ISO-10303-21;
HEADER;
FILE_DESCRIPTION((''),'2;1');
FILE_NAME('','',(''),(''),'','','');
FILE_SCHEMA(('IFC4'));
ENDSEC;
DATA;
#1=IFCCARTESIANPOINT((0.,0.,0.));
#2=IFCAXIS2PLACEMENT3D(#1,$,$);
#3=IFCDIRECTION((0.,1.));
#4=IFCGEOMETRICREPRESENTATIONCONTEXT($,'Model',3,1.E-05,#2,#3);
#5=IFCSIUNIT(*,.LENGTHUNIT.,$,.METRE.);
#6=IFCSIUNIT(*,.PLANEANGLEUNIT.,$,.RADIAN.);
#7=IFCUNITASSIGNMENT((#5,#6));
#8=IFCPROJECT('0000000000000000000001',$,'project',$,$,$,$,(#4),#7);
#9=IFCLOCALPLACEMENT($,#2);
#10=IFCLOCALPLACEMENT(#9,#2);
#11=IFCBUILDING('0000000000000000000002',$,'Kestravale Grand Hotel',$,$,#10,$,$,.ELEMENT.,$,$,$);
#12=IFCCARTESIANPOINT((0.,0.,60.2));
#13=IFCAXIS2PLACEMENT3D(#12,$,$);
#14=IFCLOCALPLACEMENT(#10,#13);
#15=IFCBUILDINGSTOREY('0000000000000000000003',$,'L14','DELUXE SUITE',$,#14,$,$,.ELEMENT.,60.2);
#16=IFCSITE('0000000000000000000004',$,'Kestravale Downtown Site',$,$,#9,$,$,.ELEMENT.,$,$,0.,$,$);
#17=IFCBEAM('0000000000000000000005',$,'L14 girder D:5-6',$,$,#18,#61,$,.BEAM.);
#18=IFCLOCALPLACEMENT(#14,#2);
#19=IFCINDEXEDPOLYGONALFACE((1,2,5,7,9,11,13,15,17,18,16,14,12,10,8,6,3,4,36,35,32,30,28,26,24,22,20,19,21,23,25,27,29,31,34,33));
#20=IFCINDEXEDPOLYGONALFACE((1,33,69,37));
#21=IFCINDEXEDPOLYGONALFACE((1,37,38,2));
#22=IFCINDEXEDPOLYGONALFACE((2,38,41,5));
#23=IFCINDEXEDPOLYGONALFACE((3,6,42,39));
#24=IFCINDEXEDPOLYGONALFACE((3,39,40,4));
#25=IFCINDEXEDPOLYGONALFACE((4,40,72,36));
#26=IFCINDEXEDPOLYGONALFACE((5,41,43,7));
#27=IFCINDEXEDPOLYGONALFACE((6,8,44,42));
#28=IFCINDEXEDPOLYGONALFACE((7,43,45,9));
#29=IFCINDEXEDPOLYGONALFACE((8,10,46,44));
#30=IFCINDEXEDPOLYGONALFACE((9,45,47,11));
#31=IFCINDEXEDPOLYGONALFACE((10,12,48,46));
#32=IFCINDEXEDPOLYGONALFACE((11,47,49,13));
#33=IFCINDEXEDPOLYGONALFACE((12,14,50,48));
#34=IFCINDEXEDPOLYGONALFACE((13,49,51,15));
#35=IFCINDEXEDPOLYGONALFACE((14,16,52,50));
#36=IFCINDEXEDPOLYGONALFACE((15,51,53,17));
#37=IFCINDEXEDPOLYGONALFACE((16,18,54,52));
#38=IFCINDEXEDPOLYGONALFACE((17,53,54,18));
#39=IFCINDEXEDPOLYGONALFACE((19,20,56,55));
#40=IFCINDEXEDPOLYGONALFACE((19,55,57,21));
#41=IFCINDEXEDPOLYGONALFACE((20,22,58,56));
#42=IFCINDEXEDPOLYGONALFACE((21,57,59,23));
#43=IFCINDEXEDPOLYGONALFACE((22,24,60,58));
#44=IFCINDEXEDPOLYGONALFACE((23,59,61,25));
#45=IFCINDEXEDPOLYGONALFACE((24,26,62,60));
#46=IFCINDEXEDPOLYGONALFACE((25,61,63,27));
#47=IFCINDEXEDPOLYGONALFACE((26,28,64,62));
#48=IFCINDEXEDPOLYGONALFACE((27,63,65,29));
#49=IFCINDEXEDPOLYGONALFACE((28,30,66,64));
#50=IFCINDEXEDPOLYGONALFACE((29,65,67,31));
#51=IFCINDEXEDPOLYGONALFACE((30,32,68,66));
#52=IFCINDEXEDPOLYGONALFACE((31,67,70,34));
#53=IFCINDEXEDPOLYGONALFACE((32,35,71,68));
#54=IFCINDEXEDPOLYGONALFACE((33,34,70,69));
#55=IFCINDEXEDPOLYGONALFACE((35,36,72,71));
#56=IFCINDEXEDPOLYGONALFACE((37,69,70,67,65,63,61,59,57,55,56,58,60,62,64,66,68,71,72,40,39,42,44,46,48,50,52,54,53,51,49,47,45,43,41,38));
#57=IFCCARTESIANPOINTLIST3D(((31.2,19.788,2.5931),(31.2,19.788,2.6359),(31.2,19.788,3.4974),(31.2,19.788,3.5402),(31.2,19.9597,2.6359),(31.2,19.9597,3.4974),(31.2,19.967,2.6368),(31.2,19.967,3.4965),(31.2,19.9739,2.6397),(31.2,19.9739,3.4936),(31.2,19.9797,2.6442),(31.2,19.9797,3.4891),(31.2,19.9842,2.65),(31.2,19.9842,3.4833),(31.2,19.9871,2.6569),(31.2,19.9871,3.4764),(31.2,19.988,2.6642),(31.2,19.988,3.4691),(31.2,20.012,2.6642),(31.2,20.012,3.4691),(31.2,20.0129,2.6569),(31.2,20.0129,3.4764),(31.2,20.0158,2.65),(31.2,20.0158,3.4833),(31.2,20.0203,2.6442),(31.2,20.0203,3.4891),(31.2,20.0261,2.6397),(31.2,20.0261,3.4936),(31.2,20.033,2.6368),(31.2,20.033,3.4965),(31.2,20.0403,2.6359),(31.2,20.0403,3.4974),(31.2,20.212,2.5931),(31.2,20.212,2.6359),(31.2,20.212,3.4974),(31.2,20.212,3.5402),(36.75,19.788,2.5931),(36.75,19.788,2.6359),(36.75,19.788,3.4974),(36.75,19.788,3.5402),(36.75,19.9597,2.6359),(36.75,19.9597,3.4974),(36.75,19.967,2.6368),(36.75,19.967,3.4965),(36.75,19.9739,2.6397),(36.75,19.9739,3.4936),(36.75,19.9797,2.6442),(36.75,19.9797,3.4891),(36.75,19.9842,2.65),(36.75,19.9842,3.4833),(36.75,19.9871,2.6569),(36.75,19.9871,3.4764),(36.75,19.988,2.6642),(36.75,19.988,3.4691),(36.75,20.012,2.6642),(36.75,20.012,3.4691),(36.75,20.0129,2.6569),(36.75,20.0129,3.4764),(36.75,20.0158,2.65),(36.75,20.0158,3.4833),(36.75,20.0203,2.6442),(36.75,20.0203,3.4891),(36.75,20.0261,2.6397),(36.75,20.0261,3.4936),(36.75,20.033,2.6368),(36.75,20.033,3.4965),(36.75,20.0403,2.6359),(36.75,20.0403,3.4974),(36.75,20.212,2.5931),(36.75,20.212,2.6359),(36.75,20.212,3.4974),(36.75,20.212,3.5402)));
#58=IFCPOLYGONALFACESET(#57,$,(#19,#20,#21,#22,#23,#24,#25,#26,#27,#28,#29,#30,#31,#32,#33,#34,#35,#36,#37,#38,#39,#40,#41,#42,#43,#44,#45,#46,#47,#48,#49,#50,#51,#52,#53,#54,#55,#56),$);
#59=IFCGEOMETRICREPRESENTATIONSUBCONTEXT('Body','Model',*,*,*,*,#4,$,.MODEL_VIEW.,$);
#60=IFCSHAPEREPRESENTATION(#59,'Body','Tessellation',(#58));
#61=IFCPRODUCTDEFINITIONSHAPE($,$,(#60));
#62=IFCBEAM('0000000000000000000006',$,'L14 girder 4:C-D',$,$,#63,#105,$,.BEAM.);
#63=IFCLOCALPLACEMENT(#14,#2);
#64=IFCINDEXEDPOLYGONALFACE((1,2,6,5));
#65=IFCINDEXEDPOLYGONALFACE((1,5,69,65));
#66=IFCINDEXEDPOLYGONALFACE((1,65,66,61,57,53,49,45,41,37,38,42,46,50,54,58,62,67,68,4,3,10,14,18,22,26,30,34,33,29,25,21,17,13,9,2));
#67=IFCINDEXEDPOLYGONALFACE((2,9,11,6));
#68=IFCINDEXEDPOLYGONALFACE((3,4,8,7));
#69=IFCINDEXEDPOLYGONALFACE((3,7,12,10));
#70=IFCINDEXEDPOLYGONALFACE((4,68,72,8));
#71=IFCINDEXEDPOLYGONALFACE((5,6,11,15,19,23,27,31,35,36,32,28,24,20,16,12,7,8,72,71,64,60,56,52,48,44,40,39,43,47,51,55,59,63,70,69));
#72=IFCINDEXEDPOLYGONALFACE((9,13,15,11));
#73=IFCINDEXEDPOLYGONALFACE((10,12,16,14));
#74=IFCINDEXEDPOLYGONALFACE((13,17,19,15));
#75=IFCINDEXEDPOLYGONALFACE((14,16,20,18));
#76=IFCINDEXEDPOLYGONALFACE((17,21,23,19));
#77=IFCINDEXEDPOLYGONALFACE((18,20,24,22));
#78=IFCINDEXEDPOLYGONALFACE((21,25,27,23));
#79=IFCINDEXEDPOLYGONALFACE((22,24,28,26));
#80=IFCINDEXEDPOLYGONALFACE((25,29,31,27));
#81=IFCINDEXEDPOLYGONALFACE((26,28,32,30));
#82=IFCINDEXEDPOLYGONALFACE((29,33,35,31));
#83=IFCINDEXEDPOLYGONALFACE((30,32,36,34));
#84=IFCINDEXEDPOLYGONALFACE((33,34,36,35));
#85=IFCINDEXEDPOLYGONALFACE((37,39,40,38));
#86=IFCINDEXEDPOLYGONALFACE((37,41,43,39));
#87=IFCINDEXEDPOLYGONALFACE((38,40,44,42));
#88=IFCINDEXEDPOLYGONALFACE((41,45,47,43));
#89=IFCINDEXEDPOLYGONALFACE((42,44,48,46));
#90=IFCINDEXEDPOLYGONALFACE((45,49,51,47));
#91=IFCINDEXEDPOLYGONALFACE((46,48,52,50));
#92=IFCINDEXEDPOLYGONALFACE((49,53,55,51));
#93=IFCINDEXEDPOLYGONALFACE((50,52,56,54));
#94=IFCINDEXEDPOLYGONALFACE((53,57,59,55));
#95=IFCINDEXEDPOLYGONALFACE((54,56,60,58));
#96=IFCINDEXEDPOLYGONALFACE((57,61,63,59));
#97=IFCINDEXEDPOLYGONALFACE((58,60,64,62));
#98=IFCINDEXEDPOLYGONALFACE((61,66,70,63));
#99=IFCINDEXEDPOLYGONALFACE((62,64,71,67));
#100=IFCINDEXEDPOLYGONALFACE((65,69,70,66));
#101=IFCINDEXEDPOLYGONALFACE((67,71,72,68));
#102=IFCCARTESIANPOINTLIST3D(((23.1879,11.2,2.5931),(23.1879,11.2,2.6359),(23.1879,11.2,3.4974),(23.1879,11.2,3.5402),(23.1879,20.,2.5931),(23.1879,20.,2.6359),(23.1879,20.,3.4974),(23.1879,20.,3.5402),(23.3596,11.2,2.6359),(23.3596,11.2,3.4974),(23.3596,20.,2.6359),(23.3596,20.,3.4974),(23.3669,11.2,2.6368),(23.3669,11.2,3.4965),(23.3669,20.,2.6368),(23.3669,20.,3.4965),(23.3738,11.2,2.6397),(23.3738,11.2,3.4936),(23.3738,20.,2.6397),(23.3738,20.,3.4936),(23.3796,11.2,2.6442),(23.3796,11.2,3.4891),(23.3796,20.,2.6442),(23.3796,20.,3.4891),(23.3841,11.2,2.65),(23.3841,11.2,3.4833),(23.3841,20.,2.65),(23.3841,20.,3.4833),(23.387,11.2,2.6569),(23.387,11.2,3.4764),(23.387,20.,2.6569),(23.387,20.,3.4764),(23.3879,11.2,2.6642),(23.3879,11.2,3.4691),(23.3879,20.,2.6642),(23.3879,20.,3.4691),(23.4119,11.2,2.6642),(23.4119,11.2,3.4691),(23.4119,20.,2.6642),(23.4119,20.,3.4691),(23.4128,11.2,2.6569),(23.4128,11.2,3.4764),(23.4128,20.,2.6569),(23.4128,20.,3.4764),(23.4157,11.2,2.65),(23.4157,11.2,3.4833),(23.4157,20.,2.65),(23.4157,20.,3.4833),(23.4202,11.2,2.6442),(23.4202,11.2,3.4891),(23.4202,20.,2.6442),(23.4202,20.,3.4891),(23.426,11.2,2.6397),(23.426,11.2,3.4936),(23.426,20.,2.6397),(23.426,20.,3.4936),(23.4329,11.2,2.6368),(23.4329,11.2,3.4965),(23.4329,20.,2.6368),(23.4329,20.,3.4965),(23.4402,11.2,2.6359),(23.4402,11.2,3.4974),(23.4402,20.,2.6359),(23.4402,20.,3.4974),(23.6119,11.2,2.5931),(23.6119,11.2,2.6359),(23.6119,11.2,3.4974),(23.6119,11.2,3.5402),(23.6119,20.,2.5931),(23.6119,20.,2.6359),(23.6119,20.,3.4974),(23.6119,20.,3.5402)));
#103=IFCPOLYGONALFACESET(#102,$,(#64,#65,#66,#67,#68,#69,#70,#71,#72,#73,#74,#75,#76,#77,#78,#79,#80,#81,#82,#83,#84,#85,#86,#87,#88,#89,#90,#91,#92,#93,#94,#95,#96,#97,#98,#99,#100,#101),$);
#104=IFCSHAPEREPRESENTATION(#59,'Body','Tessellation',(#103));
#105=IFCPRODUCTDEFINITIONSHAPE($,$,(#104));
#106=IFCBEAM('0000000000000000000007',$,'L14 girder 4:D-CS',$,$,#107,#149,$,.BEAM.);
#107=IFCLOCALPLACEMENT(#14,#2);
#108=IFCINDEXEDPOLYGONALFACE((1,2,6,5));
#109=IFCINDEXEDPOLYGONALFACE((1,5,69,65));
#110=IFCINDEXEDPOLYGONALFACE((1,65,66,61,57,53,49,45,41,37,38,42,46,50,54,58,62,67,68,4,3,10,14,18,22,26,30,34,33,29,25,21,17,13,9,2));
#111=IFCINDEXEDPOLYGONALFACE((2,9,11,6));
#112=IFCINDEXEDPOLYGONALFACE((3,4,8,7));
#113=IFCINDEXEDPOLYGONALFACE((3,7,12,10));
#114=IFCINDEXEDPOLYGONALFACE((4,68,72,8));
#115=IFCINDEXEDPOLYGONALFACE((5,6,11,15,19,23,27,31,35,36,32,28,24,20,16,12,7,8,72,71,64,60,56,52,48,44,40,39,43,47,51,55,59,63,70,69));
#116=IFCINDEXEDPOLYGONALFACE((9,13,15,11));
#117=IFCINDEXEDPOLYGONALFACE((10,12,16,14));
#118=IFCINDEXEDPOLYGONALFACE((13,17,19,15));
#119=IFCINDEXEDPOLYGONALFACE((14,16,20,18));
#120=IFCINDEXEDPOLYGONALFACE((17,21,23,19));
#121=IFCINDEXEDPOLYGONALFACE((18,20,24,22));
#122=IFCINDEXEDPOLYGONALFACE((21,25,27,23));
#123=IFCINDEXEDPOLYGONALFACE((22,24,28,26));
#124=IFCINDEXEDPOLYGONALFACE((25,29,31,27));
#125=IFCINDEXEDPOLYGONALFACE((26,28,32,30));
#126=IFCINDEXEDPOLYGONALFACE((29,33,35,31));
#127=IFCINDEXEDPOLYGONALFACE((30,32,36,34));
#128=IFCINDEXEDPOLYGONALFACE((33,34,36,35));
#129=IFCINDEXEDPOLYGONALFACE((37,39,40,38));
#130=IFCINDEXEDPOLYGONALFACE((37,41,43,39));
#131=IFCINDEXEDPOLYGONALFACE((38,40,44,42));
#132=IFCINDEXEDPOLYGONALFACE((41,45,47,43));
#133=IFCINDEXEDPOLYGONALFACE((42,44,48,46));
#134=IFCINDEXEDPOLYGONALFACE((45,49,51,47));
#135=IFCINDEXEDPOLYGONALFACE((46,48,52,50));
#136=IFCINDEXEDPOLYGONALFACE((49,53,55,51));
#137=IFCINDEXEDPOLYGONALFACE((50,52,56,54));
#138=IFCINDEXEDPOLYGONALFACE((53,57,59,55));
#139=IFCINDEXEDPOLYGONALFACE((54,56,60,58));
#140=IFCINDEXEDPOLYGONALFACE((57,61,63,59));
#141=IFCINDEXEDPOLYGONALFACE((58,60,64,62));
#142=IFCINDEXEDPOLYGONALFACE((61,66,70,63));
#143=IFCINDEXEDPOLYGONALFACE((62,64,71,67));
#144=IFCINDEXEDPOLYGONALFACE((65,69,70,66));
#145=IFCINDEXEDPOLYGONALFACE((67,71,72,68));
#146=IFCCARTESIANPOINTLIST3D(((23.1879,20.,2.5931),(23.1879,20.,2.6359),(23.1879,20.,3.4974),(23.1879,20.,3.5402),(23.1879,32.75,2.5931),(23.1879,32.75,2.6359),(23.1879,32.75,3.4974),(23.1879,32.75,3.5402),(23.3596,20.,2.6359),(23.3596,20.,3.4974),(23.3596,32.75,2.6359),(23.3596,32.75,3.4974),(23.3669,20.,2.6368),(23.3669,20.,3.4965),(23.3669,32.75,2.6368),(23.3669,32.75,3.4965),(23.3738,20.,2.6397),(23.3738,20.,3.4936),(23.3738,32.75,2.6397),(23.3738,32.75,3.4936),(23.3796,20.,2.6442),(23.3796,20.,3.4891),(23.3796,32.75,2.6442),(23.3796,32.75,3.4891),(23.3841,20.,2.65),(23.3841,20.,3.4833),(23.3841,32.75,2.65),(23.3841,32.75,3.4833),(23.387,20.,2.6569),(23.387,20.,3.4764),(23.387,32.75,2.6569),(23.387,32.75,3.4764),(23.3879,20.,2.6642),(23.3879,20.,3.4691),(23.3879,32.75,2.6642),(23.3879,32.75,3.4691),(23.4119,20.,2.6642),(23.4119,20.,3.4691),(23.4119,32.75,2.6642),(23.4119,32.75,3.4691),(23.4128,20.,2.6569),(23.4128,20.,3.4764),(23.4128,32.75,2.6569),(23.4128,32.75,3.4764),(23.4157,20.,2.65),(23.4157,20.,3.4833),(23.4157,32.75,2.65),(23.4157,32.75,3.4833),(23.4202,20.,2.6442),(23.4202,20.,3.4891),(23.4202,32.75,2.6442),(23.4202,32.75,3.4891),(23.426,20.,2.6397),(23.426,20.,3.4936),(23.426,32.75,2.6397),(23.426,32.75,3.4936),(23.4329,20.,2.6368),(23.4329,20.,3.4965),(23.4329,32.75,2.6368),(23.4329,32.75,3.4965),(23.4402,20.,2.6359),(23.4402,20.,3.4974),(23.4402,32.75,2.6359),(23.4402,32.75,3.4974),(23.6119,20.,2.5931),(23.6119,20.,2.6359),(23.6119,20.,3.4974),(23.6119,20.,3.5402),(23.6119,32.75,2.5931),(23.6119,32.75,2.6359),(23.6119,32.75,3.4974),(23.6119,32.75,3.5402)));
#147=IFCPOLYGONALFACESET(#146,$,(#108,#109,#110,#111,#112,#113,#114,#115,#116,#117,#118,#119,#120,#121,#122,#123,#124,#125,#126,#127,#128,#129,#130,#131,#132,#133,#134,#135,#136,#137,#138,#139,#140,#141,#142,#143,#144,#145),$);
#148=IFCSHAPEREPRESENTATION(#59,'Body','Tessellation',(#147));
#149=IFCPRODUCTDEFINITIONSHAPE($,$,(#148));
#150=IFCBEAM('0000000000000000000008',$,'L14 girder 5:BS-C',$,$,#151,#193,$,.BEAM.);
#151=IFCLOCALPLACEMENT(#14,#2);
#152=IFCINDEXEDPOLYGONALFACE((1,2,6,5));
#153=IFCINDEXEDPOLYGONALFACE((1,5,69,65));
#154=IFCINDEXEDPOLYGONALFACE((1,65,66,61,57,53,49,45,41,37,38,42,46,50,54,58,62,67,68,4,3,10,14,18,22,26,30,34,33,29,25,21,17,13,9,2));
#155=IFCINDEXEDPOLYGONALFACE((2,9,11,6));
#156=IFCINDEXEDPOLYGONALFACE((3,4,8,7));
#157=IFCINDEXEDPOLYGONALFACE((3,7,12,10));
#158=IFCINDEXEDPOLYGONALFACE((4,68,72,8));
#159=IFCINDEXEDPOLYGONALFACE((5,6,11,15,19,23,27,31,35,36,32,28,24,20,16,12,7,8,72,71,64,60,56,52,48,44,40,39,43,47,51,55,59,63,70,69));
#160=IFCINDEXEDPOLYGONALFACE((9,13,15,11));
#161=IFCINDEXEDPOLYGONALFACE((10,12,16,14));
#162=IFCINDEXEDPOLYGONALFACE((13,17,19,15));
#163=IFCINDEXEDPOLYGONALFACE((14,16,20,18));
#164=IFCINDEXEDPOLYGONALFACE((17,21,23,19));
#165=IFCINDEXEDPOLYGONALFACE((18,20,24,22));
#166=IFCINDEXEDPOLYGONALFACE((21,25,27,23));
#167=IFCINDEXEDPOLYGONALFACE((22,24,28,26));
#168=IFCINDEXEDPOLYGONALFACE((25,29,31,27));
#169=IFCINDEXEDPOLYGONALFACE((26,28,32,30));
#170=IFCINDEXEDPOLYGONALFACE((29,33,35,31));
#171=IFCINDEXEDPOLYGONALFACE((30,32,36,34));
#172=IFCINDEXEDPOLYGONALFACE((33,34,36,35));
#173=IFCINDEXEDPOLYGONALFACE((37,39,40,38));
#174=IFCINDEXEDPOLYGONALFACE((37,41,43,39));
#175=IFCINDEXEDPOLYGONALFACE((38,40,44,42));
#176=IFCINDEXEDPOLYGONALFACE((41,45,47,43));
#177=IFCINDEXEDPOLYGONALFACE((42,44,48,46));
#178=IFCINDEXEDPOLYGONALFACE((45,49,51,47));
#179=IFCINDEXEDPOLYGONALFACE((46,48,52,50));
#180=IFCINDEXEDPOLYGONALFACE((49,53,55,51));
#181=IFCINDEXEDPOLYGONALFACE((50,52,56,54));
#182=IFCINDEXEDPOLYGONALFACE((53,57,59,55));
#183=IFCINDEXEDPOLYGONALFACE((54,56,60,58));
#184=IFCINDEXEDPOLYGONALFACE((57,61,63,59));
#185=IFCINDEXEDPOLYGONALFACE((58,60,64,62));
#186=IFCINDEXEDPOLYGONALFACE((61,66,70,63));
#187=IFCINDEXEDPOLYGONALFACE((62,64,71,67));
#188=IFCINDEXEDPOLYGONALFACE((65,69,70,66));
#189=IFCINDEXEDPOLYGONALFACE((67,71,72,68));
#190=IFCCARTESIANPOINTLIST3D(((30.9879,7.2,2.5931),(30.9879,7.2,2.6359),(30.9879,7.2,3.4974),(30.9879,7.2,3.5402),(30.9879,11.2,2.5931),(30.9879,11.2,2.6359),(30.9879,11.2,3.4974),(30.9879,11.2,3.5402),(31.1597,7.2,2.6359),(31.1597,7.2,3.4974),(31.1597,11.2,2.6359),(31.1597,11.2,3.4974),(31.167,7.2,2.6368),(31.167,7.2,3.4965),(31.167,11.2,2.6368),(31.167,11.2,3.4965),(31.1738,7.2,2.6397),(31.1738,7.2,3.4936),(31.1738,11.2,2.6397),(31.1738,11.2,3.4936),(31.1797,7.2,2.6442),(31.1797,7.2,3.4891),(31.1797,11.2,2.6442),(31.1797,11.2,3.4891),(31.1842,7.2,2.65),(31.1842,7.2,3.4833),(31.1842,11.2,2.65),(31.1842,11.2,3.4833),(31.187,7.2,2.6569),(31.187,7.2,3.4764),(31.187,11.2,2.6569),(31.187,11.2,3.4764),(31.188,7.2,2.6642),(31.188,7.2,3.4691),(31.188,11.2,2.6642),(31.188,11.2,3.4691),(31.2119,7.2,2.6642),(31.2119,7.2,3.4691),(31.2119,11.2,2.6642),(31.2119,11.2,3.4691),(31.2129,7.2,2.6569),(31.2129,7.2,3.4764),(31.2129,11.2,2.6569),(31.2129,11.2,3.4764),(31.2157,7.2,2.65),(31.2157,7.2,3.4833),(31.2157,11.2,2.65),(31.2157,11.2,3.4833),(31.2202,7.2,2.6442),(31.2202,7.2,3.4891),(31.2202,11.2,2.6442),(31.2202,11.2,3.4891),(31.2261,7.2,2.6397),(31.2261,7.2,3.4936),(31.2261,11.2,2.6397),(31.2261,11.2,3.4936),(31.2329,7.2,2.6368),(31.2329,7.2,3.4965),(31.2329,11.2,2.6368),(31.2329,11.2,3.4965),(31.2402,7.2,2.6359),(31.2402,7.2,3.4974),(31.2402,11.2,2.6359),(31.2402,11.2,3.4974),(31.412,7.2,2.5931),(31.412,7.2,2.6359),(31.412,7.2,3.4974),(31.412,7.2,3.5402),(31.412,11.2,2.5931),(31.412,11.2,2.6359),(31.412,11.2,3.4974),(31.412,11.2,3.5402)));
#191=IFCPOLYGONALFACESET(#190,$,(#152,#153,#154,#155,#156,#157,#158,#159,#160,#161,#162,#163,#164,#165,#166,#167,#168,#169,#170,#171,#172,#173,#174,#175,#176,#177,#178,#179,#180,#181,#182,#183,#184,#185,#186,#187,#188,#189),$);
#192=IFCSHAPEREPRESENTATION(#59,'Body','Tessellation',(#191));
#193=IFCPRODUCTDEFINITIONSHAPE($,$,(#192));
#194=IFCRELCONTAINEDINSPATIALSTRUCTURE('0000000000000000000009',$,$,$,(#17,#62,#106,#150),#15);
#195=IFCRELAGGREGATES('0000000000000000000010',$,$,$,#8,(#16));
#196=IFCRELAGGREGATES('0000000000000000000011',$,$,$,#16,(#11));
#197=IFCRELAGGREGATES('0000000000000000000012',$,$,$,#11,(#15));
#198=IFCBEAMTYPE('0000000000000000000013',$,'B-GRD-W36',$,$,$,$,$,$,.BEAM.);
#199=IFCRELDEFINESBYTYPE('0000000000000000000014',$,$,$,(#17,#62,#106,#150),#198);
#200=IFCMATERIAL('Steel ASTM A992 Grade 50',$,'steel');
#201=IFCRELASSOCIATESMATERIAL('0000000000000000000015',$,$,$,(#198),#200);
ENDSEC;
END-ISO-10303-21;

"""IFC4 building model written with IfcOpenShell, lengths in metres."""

from ifc_helpers import new_model, si_unit, direction, frame, origin, origin_2d, place, context, subcontext, project, spatial, i_section, extrude, material, material_profile, profile_set, type_object, element, save


model = new_model("IFC4")

# Units and contexts
model_context = context("Model", 3, precision=1e-05, world=origin(), true_north=direction((0.0, 1.0)))
body_context = subcontext(model_context, "Body", "Model", "MODEL_VIEW")
ifc_project = project(units=[si_unit("LENGTHUNIT", "METRE"), si_unit("PLANEANGLEUNIT", "RADIAN")], contexts=[model_context])

# Site, building, storey
site_placement = place(None, origin())
site = spatial("IfcSite", under=ifc_project, at=site_placement, Name="Kestravale Downtown Site", CompositionType="ELEMENT", RefElevation=0.0)
building_placement = place(site_placement, origin())
building = spatial("IfcBuilding", under=site, at=building_placement, Name="Kestravale Grand Hotel", CompositionType="ELEMENT")
storey_placement = place(building_placement, frame((0.0, 0.0, 60.2)))
storey = spatial("IfcBuildingStorey", under=building, at=storey_placement, Name="L14", Description="DELUXE SUITE", CompositionType="ELEMENT", Elevation=60.2)

# Beams
ifc_material_1 = material(Name="Steel ASTM A992 Grade 50", Category="steel")
ifc_material_profile_1 = material_profile(ifc_material_1, i_section(OverallWidth=0.4241, OverallDepth=0.947, WebThickness=0.0239, FlangeThickness=0.0427, FilletRadius=0.0283, at=origin_2d()))
ifc_profile_set_1 = profile_set([ifc_material_profile_1], Name="Steel ASTM A992 Grade 50")
beam_type_1 = type_object("IfcBeamType", Name="B-GRD-W36", PredefinedType="BEAM", material=ifc_profile_set_1)
beam_1_placement = place(storey_placement, frame((31.2, 20.0, 3.0667), z_axis=(1.0, 0.0, 0.0), x_axis=(0.0, 1.0, 0.0)))
element("IfcBeam", 1, at=beam_1_placement, inside=storey, type_object=beam_type_1, Name="L14 girder D:5-6", PredefinedType="BEAM", context=body_context, shape_type="SweptSolid", body=[
    extrude(i_section(OverallWidth=0.4241, OverallDepth=0.947, WebThickness=0.0239, FlangeThickness=0.0427, FilletRadius=0.0283, at=origin_2d()), origin(), (0.0, 0.0, 1.0), 5.55),
])
beam_2_placement = place(storey_placement, frame((23.3999, 11.2, 3.0667), z_axis=(0.0, 1.0, 0.0), x_axis=(-1.0, 0.0, 0.0)))
element("IfcBeam", 2, at=beam_2_placement, inside=storey, type_object=beam_type_1, Name="L14 girder 4:C-D", PredefinedType="BEAM", context=body_context, shape_type="SweptSolid", body=[
    extrude(i_section(OverallWidth=0.4241, OverallDepth=0.947, WebThickness=0.0239, FlangeThickness=0.0427, FilletRadius=0.0283, at=origin_2d()), origin(), (0.0, 0.0, 1.0), 8.8),
])
beam_3_placement = place(storey_placement, frame((23.3999, 20.0, 3.0667), z_axis=(0.0, 1.0, 0.0), x_axis=(-1.0, 0.0, 0.0)))
element("IfcBeam", 3, at=beam_3_placement, inside=storey, type_object=beam_type_1, Name="L14 girder 4:D-CS", PredefinedType="BEAM", context=body_context, shape_type="SweptSolid", body=[
    extrude(i_section(OverallWidth=0.4241, OverallDepth=0.947, WebThickness=0.0239, FlangeThickness=0.0427, FilletRadius=0.0283, at=origin_2d()), origin(), (0.0, 0.0, 1.0), 12.75),
])
beam_4_placement = place(storey_placement, frame((31.2, 7.2, 3.0667), z_axis=(0.0, 1.0, 0.0), x_axis=(-1.0, 0.0, 0.0)))
element("IfcBeam", 4, at=beam_4_placement, inside=storey, type_object=beam_type_1, Name="L14 girder 5:BS-C", PredefinedType="BEAM", context=body_context, shape_type="SweptSolid", body=[
    extrude(i_section(OverallWidth=0.4241, OverallDepth=0.947, WebThickness=0.0239, FlangeThickness=0.0427, FilletRadius=0.0283, at=origin_2d()), origin(), (0.0, 0.0, 1.0), 4.0),
])

save(model, "model.ifc")
